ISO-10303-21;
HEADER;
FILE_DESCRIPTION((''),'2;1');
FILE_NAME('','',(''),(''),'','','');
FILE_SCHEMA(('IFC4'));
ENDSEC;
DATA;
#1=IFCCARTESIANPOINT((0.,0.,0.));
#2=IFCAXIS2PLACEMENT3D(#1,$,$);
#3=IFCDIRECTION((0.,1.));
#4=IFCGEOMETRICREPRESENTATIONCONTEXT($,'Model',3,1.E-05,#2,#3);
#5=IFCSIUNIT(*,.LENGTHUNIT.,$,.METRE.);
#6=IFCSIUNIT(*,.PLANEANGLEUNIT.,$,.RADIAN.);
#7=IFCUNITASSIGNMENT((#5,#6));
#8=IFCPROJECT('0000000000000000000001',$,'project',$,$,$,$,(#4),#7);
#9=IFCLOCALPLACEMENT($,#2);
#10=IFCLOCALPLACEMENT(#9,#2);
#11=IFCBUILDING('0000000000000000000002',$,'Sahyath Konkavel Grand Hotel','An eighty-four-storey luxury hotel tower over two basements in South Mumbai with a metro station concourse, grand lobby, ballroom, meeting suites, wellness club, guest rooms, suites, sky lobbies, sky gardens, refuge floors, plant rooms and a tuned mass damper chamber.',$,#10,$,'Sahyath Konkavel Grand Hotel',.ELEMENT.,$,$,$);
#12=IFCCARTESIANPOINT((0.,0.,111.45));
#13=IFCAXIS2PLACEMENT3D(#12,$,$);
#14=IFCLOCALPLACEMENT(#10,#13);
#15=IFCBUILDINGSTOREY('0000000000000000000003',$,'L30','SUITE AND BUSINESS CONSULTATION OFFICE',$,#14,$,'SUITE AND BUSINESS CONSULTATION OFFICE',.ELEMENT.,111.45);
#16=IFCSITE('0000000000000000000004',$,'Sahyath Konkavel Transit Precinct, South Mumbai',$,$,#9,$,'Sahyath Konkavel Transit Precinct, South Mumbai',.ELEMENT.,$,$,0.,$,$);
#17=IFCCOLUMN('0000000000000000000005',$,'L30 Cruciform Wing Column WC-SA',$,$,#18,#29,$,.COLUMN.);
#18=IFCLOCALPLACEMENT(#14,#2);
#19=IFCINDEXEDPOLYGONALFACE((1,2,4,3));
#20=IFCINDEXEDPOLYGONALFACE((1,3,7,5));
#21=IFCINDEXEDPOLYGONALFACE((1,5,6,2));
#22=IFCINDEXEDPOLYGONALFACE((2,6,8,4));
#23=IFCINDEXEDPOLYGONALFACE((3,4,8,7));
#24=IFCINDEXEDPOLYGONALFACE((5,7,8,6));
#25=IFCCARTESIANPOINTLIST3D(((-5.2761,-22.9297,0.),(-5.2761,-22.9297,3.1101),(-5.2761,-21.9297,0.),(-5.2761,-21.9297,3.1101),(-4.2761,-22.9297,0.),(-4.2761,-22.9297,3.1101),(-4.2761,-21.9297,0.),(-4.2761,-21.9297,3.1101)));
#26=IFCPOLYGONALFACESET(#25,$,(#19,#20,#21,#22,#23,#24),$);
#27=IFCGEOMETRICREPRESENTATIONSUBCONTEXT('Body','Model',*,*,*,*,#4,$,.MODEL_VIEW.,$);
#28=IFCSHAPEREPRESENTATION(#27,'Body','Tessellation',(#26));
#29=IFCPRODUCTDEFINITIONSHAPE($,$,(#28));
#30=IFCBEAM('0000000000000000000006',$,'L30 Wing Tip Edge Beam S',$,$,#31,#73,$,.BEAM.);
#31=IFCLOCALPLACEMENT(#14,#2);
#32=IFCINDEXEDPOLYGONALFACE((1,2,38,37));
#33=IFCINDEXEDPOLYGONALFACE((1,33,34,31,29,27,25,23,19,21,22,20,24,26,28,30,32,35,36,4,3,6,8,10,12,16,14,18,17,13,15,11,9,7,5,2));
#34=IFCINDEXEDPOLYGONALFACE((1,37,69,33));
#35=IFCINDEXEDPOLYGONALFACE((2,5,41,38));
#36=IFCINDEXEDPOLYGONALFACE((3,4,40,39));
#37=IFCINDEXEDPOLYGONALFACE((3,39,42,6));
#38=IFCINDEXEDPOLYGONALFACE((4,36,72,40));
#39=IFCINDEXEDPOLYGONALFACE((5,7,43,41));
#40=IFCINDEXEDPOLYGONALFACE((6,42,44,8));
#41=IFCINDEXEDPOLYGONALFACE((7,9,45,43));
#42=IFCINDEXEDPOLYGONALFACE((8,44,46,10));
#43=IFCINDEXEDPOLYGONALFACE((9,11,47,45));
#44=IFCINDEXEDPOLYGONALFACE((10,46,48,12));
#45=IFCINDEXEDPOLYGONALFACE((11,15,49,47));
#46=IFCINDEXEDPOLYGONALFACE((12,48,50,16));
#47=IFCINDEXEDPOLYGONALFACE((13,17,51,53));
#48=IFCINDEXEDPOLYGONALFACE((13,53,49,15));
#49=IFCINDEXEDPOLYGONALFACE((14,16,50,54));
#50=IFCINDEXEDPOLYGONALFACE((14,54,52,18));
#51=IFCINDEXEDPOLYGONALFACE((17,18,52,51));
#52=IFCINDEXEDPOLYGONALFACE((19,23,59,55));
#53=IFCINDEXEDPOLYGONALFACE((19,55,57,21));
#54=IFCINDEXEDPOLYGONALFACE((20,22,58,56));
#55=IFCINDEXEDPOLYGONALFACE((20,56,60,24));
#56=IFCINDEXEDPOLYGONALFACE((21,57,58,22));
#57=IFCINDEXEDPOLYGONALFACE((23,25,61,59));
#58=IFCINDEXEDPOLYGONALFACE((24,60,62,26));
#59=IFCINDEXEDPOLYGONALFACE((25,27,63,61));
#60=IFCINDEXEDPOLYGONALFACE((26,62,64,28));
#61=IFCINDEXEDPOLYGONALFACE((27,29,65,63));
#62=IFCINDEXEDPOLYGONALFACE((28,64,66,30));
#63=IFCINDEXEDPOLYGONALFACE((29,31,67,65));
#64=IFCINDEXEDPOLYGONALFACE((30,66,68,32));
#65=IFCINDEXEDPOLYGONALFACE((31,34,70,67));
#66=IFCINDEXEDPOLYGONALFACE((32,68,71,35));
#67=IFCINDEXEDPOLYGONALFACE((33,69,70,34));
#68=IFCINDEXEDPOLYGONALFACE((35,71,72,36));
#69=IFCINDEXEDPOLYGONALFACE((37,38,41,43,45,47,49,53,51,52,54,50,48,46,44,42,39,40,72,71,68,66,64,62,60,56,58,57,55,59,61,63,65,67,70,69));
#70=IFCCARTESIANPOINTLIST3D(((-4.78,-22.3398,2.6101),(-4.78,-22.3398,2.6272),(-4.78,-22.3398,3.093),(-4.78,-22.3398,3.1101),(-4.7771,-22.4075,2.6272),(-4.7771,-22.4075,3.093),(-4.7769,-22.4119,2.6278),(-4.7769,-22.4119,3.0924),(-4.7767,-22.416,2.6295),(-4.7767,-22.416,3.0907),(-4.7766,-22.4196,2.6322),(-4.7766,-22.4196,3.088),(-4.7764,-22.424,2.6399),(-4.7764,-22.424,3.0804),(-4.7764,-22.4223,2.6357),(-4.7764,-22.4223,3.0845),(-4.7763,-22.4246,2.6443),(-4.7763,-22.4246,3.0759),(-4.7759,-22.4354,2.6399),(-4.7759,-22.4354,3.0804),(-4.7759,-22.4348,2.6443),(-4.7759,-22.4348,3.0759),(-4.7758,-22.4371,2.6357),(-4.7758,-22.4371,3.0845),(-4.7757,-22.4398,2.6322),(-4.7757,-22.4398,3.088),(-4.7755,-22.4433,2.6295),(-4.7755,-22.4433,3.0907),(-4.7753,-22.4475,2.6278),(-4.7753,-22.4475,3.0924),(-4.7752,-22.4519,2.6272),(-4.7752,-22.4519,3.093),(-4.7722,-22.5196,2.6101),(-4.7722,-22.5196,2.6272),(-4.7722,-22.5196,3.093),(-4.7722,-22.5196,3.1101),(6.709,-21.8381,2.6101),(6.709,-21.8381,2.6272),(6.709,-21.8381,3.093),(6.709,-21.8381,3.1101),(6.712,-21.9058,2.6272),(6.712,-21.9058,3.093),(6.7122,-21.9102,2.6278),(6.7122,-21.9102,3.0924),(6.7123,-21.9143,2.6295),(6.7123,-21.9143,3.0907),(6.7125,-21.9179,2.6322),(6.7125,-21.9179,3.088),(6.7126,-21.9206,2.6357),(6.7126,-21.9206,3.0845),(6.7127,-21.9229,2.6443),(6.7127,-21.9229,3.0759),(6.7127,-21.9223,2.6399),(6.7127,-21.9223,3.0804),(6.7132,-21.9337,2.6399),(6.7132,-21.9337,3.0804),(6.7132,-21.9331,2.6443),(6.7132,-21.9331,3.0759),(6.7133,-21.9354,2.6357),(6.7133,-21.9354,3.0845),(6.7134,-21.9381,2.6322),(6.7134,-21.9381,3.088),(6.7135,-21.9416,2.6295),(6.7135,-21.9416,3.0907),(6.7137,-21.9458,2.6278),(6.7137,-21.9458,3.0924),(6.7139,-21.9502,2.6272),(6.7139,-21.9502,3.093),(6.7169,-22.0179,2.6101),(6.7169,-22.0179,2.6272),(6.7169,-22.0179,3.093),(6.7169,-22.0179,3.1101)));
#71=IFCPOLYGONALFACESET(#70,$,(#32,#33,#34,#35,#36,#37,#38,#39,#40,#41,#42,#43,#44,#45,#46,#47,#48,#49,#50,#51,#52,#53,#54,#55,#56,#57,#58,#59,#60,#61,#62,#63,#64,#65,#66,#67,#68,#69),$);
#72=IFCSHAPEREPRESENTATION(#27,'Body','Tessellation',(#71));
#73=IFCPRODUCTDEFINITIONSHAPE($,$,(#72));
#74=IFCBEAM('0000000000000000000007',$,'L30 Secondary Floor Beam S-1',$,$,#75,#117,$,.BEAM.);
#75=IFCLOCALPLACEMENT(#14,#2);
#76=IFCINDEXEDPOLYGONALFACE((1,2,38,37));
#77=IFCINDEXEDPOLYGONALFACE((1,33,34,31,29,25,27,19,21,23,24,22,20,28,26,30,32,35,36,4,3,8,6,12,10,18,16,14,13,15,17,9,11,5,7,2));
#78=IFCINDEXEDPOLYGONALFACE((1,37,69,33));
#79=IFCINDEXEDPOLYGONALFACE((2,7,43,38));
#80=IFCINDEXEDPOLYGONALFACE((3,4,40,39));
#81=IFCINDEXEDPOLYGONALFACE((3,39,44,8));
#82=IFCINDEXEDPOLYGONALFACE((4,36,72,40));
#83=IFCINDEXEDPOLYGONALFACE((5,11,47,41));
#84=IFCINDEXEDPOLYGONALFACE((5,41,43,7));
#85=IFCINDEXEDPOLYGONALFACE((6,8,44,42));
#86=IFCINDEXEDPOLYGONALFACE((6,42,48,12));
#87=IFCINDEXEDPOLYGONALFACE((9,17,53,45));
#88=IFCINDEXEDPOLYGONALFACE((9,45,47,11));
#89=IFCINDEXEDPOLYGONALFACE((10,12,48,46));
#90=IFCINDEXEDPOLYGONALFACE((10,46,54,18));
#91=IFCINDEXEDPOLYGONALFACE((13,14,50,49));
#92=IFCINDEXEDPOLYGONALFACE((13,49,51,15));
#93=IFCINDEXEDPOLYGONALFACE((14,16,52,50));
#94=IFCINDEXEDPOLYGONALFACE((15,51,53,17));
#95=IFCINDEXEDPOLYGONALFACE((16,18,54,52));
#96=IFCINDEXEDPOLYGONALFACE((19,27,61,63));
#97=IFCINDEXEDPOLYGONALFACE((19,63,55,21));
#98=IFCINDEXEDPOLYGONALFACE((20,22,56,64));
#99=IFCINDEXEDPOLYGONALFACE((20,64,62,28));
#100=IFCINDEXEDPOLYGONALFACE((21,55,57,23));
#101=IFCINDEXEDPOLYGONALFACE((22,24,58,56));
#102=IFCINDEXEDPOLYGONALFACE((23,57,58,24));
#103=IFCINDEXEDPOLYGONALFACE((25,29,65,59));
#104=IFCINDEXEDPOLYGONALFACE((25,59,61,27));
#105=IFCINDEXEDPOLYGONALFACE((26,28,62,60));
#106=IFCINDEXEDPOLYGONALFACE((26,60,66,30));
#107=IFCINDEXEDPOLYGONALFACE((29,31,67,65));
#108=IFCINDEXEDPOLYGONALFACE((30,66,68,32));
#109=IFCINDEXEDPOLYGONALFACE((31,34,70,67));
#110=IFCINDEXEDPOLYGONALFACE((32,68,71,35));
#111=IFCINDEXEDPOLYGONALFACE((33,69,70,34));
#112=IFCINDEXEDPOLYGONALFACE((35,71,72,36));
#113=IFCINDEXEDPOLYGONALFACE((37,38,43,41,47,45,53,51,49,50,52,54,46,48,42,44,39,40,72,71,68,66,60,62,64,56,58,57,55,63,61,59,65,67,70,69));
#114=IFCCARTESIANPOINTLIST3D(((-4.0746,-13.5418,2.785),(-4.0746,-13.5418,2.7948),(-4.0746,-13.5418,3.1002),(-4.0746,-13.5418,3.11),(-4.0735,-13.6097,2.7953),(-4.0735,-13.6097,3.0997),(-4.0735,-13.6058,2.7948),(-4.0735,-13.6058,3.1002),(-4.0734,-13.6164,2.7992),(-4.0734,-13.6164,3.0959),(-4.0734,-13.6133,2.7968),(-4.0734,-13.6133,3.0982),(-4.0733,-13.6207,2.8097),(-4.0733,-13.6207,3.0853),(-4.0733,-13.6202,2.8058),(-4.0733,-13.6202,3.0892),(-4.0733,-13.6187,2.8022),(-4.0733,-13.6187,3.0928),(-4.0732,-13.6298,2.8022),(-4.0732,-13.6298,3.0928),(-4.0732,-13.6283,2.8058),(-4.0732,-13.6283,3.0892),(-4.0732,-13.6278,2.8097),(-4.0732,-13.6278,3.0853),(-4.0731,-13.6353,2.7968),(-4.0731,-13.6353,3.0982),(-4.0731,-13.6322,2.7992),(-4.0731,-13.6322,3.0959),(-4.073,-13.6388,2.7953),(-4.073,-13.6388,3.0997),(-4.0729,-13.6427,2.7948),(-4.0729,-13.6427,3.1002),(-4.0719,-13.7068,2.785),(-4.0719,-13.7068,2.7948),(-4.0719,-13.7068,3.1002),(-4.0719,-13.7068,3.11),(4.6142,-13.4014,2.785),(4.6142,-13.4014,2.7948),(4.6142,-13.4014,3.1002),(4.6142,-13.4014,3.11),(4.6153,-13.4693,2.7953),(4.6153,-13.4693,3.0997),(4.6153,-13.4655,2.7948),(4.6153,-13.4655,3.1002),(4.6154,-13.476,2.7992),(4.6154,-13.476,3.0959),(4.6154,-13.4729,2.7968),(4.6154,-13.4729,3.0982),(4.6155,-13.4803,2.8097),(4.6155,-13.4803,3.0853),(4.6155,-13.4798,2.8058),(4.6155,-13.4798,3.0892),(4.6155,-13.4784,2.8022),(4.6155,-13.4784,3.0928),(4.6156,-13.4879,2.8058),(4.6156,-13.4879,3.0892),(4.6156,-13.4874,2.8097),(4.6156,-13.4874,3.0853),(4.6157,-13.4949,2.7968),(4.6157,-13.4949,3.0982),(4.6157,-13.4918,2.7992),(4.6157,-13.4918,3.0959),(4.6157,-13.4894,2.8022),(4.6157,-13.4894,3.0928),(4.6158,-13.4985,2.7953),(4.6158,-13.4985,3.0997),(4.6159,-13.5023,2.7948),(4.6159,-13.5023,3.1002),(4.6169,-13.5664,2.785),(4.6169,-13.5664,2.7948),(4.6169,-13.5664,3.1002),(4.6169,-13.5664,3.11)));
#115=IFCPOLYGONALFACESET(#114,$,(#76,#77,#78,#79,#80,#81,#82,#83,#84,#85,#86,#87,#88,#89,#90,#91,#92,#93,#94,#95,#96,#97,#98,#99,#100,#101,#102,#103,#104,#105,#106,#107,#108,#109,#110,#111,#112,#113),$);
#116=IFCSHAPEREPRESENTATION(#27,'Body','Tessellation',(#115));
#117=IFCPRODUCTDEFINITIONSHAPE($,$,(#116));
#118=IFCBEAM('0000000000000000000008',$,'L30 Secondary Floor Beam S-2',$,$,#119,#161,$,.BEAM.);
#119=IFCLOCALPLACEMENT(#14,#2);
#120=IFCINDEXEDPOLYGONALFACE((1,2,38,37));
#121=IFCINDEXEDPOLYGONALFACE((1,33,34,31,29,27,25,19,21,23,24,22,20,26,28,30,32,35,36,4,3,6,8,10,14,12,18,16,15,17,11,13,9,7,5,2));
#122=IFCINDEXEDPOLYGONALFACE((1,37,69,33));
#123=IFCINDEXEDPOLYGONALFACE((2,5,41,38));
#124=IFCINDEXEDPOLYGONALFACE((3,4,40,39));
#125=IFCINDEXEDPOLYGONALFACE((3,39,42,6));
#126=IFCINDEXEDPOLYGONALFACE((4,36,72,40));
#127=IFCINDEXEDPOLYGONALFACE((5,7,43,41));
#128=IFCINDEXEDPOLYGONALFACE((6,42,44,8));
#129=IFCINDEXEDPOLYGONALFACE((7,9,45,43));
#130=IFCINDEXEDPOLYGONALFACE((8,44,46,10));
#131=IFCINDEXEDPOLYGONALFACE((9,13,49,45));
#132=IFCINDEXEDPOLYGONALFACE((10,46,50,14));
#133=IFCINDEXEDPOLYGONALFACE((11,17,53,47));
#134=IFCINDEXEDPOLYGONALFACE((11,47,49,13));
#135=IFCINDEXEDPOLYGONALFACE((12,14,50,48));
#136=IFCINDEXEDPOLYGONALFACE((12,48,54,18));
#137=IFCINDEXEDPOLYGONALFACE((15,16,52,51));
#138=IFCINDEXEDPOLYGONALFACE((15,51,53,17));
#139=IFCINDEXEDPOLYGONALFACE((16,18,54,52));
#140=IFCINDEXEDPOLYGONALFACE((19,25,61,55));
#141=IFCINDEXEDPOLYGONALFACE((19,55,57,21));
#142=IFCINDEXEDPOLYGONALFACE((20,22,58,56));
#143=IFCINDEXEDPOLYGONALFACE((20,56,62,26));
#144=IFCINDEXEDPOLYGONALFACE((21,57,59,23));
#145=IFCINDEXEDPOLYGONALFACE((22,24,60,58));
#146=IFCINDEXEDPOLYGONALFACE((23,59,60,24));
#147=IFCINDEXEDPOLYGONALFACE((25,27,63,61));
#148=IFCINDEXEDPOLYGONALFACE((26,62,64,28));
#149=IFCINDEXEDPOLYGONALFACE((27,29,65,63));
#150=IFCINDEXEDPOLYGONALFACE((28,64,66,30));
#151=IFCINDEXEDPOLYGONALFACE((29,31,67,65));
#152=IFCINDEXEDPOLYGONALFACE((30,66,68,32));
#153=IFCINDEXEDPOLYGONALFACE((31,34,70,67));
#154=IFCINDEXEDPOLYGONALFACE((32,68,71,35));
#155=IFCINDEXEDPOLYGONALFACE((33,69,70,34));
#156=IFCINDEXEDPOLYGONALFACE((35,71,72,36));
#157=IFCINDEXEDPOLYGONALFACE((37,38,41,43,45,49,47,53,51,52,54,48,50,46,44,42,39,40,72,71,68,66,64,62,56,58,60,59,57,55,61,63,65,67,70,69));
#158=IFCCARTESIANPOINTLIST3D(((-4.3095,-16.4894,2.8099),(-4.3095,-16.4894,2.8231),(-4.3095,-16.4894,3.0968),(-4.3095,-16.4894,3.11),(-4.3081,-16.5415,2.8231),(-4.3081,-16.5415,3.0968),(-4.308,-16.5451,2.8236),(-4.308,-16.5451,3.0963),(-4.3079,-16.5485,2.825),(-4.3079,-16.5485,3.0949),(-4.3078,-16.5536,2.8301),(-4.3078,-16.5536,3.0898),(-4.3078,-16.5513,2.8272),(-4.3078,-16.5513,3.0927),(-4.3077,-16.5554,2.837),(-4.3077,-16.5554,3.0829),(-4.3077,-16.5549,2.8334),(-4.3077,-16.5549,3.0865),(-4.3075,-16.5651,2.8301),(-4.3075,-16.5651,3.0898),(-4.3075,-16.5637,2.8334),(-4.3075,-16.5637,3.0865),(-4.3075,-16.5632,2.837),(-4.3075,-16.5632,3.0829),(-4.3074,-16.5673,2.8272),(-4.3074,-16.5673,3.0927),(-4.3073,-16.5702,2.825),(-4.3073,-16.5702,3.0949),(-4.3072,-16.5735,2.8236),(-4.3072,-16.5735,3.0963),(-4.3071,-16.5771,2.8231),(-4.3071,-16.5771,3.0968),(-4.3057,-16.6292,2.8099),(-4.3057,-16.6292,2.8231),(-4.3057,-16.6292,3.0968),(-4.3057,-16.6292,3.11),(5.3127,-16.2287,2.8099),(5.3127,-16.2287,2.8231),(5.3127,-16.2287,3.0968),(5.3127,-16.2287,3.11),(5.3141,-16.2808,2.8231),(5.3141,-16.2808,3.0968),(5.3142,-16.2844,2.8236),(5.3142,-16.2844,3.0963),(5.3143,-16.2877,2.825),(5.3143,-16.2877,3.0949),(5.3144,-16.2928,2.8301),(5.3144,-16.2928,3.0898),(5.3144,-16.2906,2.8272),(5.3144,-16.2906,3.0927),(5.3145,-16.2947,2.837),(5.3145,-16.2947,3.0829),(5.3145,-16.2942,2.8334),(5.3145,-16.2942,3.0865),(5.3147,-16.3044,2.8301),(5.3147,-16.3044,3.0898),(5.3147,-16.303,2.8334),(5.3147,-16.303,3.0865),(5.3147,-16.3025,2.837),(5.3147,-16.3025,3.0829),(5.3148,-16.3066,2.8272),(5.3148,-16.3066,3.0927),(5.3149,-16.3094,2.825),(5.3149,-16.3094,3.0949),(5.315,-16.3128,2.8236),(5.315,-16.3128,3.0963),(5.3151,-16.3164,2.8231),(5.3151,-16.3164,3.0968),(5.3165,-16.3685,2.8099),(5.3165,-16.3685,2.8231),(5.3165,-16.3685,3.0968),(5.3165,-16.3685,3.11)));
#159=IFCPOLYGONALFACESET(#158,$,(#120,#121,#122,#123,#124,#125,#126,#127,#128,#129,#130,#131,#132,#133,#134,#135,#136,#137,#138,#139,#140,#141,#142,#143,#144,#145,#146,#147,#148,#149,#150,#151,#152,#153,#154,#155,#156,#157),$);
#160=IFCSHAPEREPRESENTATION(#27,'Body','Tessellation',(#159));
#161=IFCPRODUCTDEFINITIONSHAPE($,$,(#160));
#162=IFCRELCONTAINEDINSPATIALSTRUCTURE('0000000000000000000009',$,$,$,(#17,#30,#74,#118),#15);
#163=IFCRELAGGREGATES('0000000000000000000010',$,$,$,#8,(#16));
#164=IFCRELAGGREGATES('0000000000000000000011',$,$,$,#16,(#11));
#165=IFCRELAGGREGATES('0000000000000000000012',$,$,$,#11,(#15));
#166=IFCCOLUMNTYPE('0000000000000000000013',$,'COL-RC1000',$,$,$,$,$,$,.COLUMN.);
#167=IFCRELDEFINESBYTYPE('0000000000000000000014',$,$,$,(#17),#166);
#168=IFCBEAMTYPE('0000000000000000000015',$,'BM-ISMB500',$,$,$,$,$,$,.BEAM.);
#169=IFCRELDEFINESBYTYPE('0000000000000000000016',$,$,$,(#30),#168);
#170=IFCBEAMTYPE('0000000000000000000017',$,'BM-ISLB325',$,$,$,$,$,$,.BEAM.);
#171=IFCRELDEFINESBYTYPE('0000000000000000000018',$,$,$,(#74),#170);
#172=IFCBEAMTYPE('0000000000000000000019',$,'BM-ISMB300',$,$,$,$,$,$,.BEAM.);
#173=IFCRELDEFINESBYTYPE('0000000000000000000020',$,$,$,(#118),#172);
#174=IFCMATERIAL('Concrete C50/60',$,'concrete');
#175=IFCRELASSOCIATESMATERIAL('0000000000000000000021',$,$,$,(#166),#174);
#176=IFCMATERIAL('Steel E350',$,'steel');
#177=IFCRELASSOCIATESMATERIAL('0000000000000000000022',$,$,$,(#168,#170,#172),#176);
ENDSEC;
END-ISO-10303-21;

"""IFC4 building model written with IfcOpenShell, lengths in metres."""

from ifc_helpers import new_model, si_unit, direction, frame, origin, origin_2d, place, context, subcontext, project, spatial, rectangle, i_section, extrude, source, transform, mapped, material, material_profile, profile_set, type_object, element, save


model = new_model("IFC4")

# Units and contexts
model_context = context("Model", 3, precision=1e-05, world=origin(), true_north=direction((0.0, 1.0)))
body_context = subcontext(model_context, "Body", "Model", "MODEL_VIEW")
ifc_project = project(units=[si_unit("LENGTHUNIT", "METRE"), si_unit("PLANEANGLEUNIT", "RADIAN")], contexts=[model_context])

# Site, building, storey
site_placement = place(None, origin())
site = spatial("IfcSite", under=ifc_project, at=site_placement, Name="Sahyath Konkavel Transit Precinct, South Mumbai", LongName="Sahyath Konkavel Transit Precinct, South Mumbai", CompositionType="ELEMENT", RefElevation=0.0)
building_placement = place(site_placement, origin())
building = spatial("IfcBuilding", under=site, at=building_placement, Name="Sahyath Konkavel Grand Hotel", Description="An eighty-four-storey luxury hotel tower over two basements in South Mumbai with a metro station concourse, grand lobby, ballroom, meeting suites, wellness club, guest rooms, suites, sky lobbies, sky gardens, refuge floors, plant rooms and a tuned mass damper chamber.", LongName="Sahyath Konkavel Grand Hotel", CompositionType="ELEMENT")
storey_placement = place(building_placement, frame((0.0, 0.0, 111.45)))
storey = spatial("IfcBuildingStorey", under=building, at=storey_placement, Name="L30", Description="SUITE AND BUSINESS CONSULTATION OFFICE", LongName="SUITE AND BUSINESS CONSULTATION OFFICE", CompositionType="ELEMENT", Elevation=111.45)

# Column
ifc_material_1 = material(Name="Concrete C50/60", Category="concrete")
ifc_material_profile_1 = material_profile(ifc_material_1, rectangle(XDim=1.0, YDim=1.0, at=origin_2d()), Name="RC 1000x1000")
ifc_profile_set_1 = profile_set([ifc_material_profile_1], Name="Concrete C50/60")
column_type = type_object("IfcColumnType", Name="COL-RC1000", PredefinedType="COLUMN", material=ifc_profile_set_1)
shared_shape_1 = source(origin(), body_context, "Body", "SweptSolid", [
    extrude(rectangle(XDim=1.0, YDim=1.0, at=origin_2d()), origin(), (0.0, 0.0, 1.0), 3.1101),
])
column_placement = place(storey_placement, frame((-4.7761, -22.4297, 0.0), z_axis=(0.0, 0.0, 1.0), x_axis=(1.0, 0.0, 0.0)))
element("IfcColumn", 1, at=column_placement, inside=storey, type_object=column_type, Name="L30 Cruciform Wing Column WC-SA", PredefinedType="COLUMN", context=body_context, shape_type="MappedRepresentation", body=[
    mapped(shared_shape_1, transform((0.0, 0.0, 0.0), scale=1.0)),
])

# Beams
ifc_material_2 = material(Name="Steel E350", Category="steel")
ifc_material_profile_2 = material_profile(ifc_material_2, i_section(OverallWidth=0.1799, OverallDepth=0.5, WebThickness=0.0103, FlangeThickness=0.0171, FilletRadius=0.0171, at=origin_2d()), Name="ISMB 500")
ifc_profile_set_2 = profile_set([ifc_material_profile_2], Name="Steel E350")
beam_type_1 = type_object("IfcBeamType", Name="BM-ISMB500", PredefinedType="BEAM", material=ifc_profile_set_2)
shared_shape_2 = source(origin(), body_context, "Body", "SweptSolid", [
    extrude(i_section(OverallWidth=0.1799, OverallDepth=0.5, WebThickness=0.0103, FlangeThickness=0.0171, FilletRadius=0.0171, at=origin_2d()), origin(), (0.0, 0.0, 1.0), 11.5),
])
beam_1_placement = place(storey_placement, frame((-4.7761, -22.4297, 2.8601), z_axis=(0.999048, 0.043627, 0.0), x_axis=(-0.043627, 0.999048, 0.0)))
element("IfcBeam", 2, at=beam_1_placement, inside=storey, type_object=beam_type_1, Name="L30 Wing Tip Edge Beam S", PredefinedType="BEAM", context=body_context, shape_type="MappedRepresentation", body=[
    mapped(shared_shape_2, transform((0.0, 0.0, 0.0), scale=1.0)),
])
ifc_material_profile_3 = material_profile(ifc_material_2, i_section(OverallWidth=0.165, OverallDepth=0.325, WebThickness=0.0071, FlangeThickness=0.0098, FilletRadius=0.0149, at=origin_2d()), Name="ISLB 325")
ifc_profile_set_3 = profile_set([ifc_material_profile_3], Name="Steel E350")
beam_type_2 = type_object("IfcBeamType", Name="BM-ISLB325", PredefinedType="BEAM", material=ifc_profile_set_3)
shared_shape_3 = source(origin(), body_context, "Body", "SweptSolid", [
    extrude(i_section(OverallWidth=0.165, OverallDepth=0.325, WebThickness=0.0071, FlangeThickness=0.0098, FilletRadius=0.0149, at=origin_2d()), origin(), (0.0, 0.0, 1.0), 8.6899),
])
beam_2_placement = place(storey_placement, frame((-4.0732, -13.6243, 2.9475), z_axis=(0.99987, 0.016155, 0.0), x_axis=(-0.016155, 0.99987, 0.0)))
element("IfcBeam", 3, at=beam_2_placement, inside=storey, type_object=beam_type_2, Name="L30 Secondary Floor Beam S-1", PredefinedType="BEAM", context=body_context, shape_type="MappedRepresentation", body=[
    mapped(shared_shape_3, transform((0.0, 0.0, 0.0), scale=1.0)),
])
ifc_material_profile_4 = material_profile(ifc_material_2, i_section(OverallWidth=0.1399, OverallDepth=0.3, WebThickness=0.0078, FlangeThickness=0.0132, FilletRadius=0.0139, at=origin_2d()), Name="ISMB 300")
ifc_profile_set_4 = profile_set([ifc_material_profile_4], Name="Steel E350")
beam_type_3 = type_object("IfcBeamType", Name="BM-ISMB300", PredefinedType="BEAM", material=ifc_profile_set_4)
shared_shape_4 = source(origin(), body_context, "Body", "SweptSolid", [
    extrude(i_section(OverallWidth=0.1399, OverallDepth=0.3, WebThickness=0.0078, FlangeThickness=0.0132, FilletRadius=0.0139, at=origin_2d()), origin(), (0.0, 0.0, 1.0), 9.6257),
])
beam_3_placement = place(storey_placement, frame((-4.3076, -16.5593, 2.96), z_axis=(0.999633, 0.027088, 0.0), x_axis=(-0.027088, 0.999633, 0.0)))
element("IfcBeam", 4, at=beam_3_placement, inside=storey, type_object=beam_type_3, Name="L30 Secondary Floor Beam S-2", PredefinedType="BEAM", context=body_context, shape_type="MappedRepresentation", body=[
    mapped(shared_shape_4, transform((0.0, 0.0, 0.0), scale=1.0)),
])

save(model, "model.ifc")
